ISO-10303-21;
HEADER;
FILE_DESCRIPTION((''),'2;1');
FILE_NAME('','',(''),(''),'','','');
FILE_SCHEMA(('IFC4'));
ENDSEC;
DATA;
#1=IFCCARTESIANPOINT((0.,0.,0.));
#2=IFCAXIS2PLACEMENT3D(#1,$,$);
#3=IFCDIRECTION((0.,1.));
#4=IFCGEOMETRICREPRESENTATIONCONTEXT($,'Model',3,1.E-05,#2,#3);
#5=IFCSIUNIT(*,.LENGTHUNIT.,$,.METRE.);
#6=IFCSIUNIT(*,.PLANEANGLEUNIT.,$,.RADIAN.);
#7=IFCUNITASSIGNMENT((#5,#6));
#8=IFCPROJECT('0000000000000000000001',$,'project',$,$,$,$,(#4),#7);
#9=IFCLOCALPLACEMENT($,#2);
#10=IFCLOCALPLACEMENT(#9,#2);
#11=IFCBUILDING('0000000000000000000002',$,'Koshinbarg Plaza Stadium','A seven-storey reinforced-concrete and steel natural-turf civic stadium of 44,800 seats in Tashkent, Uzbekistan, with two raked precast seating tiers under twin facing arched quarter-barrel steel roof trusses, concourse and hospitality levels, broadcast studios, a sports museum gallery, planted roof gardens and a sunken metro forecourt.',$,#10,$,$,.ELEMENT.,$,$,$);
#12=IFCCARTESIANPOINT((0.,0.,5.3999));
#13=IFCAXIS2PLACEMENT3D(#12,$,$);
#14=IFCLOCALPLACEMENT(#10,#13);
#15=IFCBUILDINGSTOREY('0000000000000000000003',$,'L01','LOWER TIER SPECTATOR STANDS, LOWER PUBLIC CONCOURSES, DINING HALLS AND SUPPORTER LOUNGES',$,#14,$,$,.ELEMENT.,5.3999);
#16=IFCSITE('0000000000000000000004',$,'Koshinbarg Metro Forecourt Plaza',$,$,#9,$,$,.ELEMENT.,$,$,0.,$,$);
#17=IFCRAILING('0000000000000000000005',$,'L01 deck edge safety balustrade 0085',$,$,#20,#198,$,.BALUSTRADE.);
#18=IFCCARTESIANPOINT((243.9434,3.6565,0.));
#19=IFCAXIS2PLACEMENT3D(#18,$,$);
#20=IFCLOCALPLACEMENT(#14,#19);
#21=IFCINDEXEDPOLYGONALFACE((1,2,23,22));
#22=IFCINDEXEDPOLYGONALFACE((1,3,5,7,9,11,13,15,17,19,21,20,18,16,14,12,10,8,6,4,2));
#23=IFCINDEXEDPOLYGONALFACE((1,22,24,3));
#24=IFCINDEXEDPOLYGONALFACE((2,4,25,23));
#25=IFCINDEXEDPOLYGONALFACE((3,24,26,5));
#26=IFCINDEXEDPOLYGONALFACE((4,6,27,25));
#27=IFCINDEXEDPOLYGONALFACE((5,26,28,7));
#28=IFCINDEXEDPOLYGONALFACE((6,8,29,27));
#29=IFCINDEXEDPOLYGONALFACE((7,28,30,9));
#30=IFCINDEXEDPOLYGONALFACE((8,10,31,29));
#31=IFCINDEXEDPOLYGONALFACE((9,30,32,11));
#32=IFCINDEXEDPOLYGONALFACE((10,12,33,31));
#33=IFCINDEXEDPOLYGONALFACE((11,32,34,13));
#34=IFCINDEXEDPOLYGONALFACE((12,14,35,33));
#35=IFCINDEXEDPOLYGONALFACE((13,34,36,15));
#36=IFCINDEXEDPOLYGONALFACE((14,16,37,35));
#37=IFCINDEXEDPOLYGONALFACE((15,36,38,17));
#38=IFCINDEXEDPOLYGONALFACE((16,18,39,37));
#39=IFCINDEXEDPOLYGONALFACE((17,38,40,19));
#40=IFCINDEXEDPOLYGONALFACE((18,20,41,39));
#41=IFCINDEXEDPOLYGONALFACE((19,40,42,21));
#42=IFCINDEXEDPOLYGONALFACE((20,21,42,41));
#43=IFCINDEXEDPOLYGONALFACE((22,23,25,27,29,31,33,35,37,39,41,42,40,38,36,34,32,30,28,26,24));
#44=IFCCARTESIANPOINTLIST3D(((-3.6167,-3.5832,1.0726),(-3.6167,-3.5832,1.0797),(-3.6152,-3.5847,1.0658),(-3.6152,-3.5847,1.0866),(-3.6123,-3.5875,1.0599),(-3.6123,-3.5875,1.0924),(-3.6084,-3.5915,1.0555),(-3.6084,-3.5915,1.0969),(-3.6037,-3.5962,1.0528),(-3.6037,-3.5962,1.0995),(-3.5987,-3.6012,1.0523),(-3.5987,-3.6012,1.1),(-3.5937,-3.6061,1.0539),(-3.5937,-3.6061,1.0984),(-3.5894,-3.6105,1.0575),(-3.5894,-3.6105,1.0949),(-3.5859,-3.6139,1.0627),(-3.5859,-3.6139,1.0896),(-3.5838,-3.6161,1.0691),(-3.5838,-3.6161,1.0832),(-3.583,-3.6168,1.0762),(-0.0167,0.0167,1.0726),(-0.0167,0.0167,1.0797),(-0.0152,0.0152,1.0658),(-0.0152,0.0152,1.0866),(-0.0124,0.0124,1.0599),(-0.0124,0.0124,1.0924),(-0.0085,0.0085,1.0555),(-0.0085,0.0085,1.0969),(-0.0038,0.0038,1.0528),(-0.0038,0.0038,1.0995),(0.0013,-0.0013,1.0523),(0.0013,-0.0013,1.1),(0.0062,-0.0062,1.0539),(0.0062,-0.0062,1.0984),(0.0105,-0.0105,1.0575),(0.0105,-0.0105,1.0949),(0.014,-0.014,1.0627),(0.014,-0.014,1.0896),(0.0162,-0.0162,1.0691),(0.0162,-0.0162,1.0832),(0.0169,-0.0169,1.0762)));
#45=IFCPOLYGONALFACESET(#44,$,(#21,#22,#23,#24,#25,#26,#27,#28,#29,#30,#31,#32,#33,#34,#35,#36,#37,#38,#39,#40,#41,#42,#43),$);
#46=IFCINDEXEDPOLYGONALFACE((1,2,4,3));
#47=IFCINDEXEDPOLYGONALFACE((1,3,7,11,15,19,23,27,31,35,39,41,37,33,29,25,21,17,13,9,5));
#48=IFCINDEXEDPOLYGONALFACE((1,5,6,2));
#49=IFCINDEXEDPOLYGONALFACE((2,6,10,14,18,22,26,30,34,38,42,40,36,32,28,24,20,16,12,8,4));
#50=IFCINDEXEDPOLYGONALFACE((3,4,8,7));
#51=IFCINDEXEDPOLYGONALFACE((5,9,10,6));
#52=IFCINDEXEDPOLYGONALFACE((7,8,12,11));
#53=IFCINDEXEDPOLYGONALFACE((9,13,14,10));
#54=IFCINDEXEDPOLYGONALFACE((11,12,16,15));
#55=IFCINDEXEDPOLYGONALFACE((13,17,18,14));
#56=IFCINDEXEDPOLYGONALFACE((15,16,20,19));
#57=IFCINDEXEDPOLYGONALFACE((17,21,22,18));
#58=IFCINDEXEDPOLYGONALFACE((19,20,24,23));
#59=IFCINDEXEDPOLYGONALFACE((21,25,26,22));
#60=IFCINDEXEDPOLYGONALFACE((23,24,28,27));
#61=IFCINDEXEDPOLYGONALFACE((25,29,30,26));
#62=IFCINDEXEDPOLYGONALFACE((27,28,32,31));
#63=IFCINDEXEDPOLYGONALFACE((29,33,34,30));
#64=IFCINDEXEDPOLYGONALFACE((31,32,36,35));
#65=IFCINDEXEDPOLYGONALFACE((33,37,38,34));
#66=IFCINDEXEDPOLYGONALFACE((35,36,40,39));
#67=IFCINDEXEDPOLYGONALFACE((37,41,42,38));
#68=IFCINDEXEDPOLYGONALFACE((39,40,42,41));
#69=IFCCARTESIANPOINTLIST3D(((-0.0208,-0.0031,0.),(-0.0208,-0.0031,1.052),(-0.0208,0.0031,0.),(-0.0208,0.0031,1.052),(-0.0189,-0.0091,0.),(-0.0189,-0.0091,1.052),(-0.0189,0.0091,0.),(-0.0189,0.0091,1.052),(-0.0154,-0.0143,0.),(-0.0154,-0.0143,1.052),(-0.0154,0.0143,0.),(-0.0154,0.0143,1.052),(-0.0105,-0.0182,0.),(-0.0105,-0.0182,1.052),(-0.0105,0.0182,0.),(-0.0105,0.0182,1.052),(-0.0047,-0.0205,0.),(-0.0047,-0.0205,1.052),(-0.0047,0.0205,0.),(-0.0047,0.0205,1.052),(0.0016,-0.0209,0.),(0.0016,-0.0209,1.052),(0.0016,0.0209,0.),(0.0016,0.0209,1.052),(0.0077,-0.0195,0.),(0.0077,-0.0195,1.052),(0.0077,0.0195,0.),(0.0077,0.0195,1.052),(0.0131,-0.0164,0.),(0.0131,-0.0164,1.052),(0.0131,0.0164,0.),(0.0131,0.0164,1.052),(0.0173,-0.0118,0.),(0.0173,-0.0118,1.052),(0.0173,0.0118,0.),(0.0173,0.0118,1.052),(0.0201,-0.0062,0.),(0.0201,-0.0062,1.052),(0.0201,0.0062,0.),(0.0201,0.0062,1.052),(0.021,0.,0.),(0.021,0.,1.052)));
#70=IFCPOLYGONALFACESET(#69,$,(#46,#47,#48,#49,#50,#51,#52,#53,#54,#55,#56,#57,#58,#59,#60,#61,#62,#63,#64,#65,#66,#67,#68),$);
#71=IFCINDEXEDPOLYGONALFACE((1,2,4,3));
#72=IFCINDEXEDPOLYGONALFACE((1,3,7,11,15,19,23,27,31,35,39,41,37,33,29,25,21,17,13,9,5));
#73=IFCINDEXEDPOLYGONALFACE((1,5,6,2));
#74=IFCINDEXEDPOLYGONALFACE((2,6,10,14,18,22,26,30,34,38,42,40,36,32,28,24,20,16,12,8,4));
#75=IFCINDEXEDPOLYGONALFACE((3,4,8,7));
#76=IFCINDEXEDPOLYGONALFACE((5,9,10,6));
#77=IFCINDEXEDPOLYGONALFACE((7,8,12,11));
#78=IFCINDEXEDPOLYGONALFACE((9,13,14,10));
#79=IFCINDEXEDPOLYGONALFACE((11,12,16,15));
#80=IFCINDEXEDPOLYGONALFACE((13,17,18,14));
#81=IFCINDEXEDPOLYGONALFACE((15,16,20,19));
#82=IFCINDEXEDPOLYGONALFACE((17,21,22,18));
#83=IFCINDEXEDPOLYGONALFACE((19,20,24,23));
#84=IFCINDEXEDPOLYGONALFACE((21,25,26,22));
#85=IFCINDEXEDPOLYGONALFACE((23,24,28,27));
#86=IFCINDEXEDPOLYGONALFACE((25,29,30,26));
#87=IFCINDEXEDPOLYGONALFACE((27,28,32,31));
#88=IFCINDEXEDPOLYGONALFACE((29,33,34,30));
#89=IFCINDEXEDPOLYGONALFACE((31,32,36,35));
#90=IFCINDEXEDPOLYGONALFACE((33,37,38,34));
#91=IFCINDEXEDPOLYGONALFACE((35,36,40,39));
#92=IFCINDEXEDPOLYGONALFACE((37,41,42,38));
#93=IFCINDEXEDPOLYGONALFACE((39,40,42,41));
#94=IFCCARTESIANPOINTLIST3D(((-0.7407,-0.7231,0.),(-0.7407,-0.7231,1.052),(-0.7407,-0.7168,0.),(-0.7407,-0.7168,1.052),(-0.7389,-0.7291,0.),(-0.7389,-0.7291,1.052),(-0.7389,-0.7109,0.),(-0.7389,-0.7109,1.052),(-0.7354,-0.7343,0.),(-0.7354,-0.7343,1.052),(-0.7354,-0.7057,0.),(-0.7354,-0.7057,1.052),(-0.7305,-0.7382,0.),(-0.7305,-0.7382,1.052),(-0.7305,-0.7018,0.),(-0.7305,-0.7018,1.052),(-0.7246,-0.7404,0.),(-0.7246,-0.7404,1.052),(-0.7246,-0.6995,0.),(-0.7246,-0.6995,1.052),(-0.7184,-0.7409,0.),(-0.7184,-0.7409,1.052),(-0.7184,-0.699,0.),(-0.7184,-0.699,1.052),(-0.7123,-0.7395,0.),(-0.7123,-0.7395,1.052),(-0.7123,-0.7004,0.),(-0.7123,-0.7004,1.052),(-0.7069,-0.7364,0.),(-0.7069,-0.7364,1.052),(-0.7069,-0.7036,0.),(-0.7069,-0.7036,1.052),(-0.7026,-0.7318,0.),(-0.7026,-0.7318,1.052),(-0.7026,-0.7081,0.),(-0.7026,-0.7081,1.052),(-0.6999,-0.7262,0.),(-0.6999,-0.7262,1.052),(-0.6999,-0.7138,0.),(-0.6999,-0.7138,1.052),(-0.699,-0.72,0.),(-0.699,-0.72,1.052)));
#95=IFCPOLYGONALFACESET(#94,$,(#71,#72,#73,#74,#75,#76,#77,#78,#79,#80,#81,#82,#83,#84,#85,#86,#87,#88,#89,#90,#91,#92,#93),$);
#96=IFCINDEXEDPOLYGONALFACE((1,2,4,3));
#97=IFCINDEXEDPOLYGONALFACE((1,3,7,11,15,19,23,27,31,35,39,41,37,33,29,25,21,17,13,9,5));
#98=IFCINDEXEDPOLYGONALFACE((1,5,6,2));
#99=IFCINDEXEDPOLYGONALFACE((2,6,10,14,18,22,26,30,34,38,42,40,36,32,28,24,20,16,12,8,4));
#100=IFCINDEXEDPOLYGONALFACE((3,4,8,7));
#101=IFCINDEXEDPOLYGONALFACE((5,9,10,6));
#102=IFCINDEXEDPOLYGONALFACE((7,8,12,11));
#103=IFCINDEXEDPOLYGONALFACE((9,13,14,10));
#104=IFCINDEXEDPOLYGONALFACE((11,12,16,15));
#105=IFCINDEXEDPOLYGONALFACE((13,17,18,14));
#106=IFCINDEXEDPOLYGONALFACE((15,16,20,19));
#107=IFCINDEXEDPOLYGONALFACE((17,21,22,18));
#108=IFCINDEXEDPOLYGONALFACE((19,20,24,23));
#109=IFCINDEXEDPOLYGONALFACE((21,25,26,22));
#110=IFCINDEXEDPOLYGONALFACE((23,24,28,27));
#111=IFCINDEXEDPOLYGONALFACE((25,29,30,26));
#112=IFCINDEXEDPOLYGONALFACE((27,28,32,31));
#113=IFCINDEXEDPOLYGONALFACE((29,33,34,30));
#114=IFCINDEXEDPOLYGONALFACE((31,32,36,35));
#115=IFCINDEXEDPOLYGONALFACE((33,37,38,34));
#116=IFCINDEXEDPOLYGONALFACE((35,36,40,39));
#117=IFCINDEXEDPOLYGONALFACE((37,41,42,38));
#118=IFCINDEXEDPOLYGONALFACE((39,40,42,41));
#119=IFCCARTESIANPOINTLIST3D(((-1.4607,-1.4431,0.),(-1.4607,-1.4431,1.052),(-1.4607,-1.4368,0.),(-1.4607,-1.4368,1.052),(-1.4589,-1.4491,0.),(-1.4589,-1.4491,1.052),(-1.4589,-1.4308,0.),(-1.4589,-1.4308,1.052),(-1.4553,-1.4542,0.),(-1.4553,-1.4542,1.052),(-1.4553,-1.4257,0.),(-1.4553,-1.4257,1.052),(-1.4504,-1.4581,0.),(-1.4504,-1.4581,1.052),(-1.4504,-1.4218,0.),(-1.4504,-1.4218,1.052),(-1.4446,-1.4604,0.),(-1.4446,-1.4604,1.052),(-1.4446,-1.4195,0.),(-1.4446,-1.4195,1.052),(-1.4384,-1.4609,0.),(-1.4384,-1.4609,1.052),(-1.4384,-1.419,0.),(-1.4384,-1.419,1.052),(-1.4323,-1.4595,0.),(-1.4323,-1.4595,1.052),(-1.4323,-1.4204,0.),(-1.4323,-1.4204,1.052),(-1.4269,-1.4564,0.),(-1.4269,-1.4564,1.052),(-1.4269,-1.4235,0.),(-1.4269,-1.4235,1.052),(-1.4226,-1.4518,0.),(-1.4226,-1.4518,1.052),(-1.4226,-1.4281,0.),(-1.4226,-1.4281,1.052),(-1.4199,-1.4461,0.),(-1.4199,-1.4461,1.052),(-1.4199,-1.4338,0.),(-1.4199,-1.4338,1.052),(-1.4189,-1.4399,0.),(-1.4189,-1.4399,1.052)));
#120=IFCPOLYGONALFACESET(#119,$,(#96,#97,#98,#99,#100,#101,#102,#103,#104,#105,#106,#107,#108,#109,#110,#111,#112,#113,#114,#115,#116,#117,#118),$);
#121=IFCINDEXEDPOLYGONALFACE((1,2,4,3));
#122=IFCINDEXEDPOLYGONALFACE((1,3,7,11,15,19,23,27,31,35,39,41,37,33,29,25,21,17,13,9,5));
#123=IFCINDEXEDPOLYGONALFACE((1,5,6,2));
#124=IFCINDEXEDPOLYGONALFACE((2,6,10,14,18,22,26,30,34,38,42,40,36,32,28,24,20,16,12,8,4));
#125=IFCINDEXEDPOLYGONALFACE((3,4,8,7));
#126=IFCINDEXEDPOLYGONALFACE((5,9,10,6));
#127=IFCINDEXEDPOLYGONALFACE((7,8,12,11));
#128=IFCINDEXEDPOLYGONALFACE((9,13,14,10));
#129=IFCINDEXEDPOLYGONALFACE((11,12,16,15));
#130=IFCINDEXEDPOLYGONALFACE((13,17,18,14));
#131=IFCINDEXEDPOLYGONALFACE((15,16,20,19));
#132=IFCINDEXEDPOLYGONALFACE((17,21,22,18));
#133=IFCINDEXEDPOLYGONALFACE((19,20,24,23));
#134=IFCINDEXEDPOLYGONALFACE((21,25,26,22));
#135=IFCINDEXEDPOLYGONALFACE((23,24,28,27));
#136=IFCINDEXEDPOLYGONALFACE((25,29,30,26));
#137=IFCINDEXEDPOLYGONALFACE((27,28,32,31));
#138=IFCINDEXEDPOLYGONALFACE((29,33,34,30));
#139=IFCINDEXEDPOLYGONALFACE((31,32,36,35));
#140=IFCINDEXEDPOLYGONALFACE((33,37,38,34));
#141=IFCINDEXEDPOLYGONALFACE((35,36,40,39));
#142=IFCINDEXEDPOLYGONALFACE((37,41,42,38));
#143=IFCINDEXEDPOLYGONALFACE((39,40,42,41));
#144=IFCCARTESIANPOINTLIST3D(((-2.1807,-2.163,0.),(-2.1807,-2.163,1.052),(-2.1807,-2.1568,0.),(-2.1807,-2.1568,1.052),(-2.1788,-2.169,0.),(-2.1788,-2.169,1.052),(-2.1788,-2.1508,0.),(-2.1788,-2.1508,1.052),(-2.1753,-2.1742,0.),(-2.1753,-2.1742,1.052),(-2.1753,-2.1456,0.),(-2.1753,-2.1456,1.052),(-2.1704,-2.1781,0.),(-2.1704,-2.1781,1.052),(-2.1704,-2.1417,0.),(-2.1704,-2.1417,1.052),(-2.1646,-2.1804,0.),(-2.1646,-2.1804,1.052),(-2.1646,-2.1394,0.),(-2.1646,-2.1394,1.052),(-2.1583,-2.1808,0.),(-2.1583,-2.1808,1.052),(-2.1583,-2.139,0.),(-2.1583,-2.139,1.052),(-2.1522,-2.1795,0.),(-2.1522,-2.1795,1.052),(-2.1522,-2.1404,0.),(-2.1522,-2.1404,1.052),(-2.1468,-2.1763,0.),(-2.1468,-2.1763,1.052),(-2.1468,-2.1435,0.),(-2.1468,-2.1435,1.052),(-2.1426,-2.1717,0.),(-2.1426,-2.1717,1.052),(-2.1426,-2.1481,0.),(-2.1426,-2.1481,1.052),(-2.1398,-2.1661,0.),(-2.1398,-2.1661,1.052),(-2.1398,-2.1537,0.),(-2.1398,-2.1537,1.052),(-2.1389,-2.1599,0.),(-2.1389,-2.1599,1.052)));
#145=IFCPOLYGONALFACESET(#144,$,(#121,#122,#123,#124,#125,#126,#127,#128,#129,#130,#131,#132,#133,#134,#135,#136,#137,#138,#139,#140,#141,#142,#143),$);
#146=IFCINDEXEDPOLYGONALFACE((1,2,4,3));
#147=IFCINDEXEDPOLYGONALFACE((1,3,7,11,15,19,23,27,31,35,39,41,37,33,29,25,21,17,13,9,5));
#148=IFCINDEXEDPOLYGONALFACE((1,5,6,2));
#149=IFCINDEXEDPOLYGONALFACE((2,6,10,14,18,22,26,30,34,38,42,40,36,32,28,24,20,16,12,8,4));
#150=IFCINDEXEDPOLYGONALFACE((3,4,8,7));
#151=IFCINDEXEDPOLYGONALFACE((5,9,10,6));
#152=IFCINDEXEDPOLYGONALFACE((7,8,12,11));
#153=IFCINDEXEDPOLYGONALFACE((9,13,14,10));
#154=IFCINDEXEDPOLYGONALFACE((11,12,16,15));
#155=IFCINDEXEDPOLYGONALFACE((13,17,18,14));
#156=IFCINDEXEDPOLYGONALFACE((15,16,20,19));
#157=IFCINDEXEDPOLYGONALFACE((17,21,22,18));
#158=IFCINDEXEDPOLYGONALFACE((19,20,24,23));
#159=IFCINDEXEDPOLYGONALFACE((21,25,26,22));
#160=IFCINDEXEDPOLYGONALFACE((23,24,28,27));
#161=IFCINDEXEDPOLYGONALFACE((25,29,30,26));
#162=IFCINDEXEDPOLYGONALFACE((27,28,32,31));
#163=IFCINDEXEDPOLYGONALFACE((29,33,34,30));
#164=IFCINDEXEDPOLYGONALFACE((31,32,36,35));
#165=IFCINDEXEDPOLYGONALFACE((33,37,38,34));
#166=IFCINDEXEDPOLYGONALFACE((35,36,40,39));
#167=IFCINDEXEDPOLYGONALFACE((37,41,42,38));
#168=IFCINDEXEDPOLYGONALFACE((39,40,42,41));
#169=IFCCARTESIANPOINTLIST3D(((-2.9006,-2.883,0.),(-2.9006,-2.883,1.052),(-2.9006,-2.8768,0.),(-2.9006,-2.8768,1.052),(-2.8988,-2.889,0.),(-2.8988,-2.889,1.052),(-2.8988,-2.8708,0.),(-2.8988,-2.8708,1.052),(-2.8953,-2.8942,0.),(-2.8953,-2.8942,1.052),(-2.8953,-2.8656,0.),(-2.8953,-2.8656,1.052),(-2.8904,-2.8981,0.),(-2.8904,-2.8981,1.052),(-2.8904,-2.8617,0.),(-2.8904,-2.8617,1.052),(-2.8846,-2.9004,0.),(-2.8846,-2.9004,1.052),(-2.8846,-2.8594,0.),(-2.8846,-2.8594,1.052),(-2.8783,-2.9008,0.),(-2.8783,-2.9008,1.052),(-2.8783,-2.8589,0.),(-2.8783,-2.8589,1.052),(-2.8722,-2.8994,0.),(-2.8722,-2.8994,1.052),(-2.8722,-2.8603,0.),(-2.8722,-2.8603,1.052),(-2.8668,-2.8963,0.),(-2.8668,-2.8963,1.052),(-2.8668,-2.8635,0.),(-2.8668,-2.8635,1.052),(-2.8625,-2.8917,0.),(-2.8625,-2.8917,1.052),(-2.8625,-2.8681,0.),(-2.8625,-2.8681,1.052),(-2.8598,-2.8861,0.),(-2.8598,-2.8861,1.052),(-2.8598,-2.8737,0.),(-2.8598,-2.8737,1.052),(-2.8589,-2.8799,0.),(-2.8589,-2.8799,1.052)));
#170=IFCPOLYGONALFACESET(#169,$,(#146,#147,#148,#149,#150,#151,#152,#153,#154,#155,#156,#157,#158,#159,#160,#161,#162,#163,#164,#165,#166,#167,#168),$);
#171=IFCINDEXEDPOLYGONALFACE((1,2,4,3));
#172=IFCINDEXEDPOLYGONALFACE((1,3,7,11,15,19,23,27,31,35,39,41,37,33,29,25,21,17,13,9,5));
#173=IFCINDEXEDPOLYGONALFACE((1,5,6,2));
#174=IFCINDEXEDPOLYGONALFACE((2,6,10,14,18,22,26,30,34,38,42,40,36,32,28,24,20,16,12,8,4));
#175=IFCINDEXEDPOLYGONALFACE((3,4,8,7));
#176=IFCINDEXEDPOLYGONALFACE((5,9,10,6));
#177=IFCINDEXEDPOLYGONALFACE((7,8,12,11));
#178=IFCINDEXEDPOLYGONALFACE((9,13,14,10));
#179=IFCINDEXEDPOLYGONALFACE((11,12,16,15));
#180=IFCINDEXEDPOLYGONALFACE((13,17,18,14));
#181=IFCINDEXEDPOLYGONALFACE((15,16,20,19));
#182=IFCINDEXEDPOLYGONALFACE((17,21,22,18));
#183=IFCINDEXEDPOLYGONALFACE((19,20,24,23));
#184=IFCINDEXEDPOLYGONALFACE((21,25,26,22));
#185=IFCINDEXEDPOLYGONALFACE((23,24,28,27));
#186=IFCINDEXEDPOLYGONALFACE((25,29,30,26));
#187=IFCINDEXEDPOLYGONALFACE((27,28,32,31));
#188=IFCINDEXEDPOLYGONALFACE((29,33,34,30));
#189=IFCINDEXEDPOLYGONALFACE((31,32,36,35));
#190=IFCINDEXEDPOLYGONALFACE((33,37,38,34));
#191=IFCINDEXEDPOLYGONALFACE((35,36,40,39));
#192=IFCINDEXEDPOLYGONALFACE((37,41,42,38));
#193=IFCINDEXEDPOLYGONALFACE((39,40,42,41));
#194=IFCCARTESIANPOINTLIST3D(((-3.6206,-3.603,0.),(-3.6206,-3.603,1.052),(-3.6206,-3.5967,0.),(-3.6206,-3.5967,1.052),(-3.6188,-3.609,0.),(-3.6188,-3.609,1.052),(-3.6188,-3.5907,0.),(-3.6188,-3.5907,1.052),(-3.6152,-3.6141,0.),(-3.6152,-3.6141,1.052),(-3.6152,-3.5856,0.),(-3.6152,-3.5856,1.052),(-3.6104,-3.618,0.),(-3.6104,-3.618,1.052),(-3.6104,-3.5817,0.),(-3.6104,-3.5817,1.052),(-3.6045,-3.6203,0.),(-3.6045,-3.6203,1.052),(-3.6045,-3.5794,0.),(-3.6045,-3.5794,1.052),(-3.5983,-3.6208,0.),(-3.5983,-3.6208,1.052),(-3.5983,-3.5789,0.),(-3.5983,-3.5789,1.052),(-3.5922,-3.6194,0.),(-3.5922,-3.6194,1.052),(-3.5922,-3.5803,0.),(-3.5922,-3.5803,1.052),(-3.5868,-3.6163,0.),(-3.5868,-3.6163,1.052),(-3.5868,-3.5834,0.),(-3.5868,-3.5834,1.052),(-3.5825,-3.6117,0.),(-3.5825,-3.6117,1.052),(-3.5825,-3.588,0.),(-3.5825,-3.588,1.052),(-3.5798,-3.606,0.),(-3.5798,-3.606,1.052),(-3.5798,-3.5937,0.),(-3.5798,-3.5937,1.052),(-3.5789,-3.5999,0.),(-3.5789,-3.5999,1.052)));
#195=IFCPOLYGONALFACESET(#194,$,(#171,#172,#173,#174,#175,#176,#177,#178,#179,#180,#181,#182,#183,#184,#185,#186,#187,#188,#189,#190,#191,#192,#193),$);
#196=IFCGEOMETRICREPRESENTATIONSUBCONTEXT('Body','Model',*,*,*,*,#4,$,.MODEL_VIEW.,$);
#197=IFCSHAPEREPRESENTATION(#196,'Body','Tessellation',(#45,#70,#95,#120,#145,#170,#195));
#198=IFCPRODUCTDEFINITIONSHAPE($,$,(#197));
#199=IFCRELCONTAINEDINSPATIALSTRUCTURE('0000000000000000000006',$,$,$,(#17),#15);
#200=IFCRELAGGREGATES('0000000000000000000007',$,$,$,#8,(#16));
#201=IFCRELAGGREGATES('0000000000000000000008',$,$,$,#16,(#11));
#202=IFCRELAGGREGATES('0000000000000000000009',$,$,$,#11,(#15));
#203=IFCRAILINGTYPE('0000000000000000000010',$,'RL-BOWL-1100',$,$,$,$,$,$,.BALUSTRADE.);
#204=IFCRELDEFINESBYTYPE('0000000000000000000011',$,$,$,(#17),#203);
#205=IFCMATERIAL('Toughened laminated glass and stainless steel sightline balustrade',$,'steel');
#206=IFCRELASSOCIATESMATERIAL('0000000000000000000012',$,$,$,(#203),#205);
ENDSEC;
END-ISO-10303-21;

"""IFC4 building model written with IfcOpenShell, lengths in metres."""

from ifc_helpers import new_model, si_unit, direction, frame, origin, origin_2d, place, context, subcontext, project, spatial, circle, extrude, material, type_object, element, save


model = new_model("IFC4")

# Units and contexts
model_context = context("Model", 3, precision=1e-05, world=origin(), true_north=direction((0.0, 1.0)))
body_context = subcontext(model_context, "Body", "Model", "MODEL_VIEW")
ifc_project = project(units=[si_unit("LENGTHUNIT", "METRE"), si_unit("PLANEANGLEUNIT", "RADIAN")], contexts=[model_context])

# Site, building, storey
site_placement = place(None, origin())
site = spatial("IfcSite", under=ifc_project, at=site_placement, Name="Koshinbarg Metro Forecourt Plaza", CompositionType="ELEMENT", RefElevation=0.0)
building_placement = place(site_placement, origin())
building = spatial("IfcBuilding", under=site, at=building_placement, Name="Koshinbarg Plaza Stadium", Description="A seven-storey reinforced-concrete and steel natural-turf civic stadium of 44,800 seats in Tashkent, Uzbekistan, with two raked precast seating tiers under twin facing arched quarter-barrel steel roof trusses, concourse and hospitality levels, broadcast studios, a sports museum gallery, planted roof gardens and a sunken metro forecourt.", CompositionType="ELEMENT")
storey_placement = place(building_placement, frame((0.0, 0.0, 5.3999)))
storey = spatial("IfcBuildingStorey", under=building, at=storey_placement, Name="L01", Description="LOWER TIER SPECTATOR STANDS, LOWER PUBLIC CONCOURSES, DINING HALLS AND SUPPORTER LOUNGES", CompositionType="ELEMENT", Elevation=5.3999)

# Railing
ifc_material_1 = material(Name="Toughened laminated glass and stainless steel sightline balustrade", Category="steel")
railing_type = type_object("IfcRailingType", Name="RL-BOWL-1100", PredefinedType="BALUSTRADE", material=ifc_material_1)
railing_1_placement = place(storey_placement, frame((243.9434, 3.6565, 0.0)))
element("IfcRailing", 1, at=railing_1_placement, inside=storey, type_object=railing_type, Name="L01 deck edge safety balustrade 0085", PredefinedType="BALUSTRADE", context=body_context, shape_type="SweptSolid", body=[
    extrude(circle(Radius=0.0239, at=origin_2d()), frame((0.0, 0.0, 1.0762), z_axis=(-0.707107, -0.707107, 0.0), x_axis=(0.707107, -0.707107, 0.0)), (0.0, 0.0, 1.0), 5.0911),
    extrude(circle(Radius=0.021, at=origin_2d()), origin(), (0.0, 0.0, 1.0), 1.052),
    extrude(circle(Radius=0.021, at=origin_2d()), frame((-0.72, -0.72, 0.0)), (0.0, 0.0, 1.0), 1.052),
    extrude(circle(Radius=0.021, at=origin_2d()), frame((-1.4399, -1.4399, 0.0)), (0.0, 0.0, 1.0), 1.052),
    extrude(circle(Radius=0.021, at=origin_2d()), frame((-2.1599, -2.1599, 0.0)), (0.0, 0.0, 1.0), 1.052),
    extrude(circle(Radius=0.021, at=origin_2d()), frame((-2.8799, -2.8799, 0.0)), (0.0, 0.0, 1.0), 1.052),
    extrude(circle(Radius=0.021, at=origin_2d()), frame((-3.5999, -3.5999, 0.0)), (0.0, 0.0, 1.0), 1.052),
])

save(model, "model.ifc")
